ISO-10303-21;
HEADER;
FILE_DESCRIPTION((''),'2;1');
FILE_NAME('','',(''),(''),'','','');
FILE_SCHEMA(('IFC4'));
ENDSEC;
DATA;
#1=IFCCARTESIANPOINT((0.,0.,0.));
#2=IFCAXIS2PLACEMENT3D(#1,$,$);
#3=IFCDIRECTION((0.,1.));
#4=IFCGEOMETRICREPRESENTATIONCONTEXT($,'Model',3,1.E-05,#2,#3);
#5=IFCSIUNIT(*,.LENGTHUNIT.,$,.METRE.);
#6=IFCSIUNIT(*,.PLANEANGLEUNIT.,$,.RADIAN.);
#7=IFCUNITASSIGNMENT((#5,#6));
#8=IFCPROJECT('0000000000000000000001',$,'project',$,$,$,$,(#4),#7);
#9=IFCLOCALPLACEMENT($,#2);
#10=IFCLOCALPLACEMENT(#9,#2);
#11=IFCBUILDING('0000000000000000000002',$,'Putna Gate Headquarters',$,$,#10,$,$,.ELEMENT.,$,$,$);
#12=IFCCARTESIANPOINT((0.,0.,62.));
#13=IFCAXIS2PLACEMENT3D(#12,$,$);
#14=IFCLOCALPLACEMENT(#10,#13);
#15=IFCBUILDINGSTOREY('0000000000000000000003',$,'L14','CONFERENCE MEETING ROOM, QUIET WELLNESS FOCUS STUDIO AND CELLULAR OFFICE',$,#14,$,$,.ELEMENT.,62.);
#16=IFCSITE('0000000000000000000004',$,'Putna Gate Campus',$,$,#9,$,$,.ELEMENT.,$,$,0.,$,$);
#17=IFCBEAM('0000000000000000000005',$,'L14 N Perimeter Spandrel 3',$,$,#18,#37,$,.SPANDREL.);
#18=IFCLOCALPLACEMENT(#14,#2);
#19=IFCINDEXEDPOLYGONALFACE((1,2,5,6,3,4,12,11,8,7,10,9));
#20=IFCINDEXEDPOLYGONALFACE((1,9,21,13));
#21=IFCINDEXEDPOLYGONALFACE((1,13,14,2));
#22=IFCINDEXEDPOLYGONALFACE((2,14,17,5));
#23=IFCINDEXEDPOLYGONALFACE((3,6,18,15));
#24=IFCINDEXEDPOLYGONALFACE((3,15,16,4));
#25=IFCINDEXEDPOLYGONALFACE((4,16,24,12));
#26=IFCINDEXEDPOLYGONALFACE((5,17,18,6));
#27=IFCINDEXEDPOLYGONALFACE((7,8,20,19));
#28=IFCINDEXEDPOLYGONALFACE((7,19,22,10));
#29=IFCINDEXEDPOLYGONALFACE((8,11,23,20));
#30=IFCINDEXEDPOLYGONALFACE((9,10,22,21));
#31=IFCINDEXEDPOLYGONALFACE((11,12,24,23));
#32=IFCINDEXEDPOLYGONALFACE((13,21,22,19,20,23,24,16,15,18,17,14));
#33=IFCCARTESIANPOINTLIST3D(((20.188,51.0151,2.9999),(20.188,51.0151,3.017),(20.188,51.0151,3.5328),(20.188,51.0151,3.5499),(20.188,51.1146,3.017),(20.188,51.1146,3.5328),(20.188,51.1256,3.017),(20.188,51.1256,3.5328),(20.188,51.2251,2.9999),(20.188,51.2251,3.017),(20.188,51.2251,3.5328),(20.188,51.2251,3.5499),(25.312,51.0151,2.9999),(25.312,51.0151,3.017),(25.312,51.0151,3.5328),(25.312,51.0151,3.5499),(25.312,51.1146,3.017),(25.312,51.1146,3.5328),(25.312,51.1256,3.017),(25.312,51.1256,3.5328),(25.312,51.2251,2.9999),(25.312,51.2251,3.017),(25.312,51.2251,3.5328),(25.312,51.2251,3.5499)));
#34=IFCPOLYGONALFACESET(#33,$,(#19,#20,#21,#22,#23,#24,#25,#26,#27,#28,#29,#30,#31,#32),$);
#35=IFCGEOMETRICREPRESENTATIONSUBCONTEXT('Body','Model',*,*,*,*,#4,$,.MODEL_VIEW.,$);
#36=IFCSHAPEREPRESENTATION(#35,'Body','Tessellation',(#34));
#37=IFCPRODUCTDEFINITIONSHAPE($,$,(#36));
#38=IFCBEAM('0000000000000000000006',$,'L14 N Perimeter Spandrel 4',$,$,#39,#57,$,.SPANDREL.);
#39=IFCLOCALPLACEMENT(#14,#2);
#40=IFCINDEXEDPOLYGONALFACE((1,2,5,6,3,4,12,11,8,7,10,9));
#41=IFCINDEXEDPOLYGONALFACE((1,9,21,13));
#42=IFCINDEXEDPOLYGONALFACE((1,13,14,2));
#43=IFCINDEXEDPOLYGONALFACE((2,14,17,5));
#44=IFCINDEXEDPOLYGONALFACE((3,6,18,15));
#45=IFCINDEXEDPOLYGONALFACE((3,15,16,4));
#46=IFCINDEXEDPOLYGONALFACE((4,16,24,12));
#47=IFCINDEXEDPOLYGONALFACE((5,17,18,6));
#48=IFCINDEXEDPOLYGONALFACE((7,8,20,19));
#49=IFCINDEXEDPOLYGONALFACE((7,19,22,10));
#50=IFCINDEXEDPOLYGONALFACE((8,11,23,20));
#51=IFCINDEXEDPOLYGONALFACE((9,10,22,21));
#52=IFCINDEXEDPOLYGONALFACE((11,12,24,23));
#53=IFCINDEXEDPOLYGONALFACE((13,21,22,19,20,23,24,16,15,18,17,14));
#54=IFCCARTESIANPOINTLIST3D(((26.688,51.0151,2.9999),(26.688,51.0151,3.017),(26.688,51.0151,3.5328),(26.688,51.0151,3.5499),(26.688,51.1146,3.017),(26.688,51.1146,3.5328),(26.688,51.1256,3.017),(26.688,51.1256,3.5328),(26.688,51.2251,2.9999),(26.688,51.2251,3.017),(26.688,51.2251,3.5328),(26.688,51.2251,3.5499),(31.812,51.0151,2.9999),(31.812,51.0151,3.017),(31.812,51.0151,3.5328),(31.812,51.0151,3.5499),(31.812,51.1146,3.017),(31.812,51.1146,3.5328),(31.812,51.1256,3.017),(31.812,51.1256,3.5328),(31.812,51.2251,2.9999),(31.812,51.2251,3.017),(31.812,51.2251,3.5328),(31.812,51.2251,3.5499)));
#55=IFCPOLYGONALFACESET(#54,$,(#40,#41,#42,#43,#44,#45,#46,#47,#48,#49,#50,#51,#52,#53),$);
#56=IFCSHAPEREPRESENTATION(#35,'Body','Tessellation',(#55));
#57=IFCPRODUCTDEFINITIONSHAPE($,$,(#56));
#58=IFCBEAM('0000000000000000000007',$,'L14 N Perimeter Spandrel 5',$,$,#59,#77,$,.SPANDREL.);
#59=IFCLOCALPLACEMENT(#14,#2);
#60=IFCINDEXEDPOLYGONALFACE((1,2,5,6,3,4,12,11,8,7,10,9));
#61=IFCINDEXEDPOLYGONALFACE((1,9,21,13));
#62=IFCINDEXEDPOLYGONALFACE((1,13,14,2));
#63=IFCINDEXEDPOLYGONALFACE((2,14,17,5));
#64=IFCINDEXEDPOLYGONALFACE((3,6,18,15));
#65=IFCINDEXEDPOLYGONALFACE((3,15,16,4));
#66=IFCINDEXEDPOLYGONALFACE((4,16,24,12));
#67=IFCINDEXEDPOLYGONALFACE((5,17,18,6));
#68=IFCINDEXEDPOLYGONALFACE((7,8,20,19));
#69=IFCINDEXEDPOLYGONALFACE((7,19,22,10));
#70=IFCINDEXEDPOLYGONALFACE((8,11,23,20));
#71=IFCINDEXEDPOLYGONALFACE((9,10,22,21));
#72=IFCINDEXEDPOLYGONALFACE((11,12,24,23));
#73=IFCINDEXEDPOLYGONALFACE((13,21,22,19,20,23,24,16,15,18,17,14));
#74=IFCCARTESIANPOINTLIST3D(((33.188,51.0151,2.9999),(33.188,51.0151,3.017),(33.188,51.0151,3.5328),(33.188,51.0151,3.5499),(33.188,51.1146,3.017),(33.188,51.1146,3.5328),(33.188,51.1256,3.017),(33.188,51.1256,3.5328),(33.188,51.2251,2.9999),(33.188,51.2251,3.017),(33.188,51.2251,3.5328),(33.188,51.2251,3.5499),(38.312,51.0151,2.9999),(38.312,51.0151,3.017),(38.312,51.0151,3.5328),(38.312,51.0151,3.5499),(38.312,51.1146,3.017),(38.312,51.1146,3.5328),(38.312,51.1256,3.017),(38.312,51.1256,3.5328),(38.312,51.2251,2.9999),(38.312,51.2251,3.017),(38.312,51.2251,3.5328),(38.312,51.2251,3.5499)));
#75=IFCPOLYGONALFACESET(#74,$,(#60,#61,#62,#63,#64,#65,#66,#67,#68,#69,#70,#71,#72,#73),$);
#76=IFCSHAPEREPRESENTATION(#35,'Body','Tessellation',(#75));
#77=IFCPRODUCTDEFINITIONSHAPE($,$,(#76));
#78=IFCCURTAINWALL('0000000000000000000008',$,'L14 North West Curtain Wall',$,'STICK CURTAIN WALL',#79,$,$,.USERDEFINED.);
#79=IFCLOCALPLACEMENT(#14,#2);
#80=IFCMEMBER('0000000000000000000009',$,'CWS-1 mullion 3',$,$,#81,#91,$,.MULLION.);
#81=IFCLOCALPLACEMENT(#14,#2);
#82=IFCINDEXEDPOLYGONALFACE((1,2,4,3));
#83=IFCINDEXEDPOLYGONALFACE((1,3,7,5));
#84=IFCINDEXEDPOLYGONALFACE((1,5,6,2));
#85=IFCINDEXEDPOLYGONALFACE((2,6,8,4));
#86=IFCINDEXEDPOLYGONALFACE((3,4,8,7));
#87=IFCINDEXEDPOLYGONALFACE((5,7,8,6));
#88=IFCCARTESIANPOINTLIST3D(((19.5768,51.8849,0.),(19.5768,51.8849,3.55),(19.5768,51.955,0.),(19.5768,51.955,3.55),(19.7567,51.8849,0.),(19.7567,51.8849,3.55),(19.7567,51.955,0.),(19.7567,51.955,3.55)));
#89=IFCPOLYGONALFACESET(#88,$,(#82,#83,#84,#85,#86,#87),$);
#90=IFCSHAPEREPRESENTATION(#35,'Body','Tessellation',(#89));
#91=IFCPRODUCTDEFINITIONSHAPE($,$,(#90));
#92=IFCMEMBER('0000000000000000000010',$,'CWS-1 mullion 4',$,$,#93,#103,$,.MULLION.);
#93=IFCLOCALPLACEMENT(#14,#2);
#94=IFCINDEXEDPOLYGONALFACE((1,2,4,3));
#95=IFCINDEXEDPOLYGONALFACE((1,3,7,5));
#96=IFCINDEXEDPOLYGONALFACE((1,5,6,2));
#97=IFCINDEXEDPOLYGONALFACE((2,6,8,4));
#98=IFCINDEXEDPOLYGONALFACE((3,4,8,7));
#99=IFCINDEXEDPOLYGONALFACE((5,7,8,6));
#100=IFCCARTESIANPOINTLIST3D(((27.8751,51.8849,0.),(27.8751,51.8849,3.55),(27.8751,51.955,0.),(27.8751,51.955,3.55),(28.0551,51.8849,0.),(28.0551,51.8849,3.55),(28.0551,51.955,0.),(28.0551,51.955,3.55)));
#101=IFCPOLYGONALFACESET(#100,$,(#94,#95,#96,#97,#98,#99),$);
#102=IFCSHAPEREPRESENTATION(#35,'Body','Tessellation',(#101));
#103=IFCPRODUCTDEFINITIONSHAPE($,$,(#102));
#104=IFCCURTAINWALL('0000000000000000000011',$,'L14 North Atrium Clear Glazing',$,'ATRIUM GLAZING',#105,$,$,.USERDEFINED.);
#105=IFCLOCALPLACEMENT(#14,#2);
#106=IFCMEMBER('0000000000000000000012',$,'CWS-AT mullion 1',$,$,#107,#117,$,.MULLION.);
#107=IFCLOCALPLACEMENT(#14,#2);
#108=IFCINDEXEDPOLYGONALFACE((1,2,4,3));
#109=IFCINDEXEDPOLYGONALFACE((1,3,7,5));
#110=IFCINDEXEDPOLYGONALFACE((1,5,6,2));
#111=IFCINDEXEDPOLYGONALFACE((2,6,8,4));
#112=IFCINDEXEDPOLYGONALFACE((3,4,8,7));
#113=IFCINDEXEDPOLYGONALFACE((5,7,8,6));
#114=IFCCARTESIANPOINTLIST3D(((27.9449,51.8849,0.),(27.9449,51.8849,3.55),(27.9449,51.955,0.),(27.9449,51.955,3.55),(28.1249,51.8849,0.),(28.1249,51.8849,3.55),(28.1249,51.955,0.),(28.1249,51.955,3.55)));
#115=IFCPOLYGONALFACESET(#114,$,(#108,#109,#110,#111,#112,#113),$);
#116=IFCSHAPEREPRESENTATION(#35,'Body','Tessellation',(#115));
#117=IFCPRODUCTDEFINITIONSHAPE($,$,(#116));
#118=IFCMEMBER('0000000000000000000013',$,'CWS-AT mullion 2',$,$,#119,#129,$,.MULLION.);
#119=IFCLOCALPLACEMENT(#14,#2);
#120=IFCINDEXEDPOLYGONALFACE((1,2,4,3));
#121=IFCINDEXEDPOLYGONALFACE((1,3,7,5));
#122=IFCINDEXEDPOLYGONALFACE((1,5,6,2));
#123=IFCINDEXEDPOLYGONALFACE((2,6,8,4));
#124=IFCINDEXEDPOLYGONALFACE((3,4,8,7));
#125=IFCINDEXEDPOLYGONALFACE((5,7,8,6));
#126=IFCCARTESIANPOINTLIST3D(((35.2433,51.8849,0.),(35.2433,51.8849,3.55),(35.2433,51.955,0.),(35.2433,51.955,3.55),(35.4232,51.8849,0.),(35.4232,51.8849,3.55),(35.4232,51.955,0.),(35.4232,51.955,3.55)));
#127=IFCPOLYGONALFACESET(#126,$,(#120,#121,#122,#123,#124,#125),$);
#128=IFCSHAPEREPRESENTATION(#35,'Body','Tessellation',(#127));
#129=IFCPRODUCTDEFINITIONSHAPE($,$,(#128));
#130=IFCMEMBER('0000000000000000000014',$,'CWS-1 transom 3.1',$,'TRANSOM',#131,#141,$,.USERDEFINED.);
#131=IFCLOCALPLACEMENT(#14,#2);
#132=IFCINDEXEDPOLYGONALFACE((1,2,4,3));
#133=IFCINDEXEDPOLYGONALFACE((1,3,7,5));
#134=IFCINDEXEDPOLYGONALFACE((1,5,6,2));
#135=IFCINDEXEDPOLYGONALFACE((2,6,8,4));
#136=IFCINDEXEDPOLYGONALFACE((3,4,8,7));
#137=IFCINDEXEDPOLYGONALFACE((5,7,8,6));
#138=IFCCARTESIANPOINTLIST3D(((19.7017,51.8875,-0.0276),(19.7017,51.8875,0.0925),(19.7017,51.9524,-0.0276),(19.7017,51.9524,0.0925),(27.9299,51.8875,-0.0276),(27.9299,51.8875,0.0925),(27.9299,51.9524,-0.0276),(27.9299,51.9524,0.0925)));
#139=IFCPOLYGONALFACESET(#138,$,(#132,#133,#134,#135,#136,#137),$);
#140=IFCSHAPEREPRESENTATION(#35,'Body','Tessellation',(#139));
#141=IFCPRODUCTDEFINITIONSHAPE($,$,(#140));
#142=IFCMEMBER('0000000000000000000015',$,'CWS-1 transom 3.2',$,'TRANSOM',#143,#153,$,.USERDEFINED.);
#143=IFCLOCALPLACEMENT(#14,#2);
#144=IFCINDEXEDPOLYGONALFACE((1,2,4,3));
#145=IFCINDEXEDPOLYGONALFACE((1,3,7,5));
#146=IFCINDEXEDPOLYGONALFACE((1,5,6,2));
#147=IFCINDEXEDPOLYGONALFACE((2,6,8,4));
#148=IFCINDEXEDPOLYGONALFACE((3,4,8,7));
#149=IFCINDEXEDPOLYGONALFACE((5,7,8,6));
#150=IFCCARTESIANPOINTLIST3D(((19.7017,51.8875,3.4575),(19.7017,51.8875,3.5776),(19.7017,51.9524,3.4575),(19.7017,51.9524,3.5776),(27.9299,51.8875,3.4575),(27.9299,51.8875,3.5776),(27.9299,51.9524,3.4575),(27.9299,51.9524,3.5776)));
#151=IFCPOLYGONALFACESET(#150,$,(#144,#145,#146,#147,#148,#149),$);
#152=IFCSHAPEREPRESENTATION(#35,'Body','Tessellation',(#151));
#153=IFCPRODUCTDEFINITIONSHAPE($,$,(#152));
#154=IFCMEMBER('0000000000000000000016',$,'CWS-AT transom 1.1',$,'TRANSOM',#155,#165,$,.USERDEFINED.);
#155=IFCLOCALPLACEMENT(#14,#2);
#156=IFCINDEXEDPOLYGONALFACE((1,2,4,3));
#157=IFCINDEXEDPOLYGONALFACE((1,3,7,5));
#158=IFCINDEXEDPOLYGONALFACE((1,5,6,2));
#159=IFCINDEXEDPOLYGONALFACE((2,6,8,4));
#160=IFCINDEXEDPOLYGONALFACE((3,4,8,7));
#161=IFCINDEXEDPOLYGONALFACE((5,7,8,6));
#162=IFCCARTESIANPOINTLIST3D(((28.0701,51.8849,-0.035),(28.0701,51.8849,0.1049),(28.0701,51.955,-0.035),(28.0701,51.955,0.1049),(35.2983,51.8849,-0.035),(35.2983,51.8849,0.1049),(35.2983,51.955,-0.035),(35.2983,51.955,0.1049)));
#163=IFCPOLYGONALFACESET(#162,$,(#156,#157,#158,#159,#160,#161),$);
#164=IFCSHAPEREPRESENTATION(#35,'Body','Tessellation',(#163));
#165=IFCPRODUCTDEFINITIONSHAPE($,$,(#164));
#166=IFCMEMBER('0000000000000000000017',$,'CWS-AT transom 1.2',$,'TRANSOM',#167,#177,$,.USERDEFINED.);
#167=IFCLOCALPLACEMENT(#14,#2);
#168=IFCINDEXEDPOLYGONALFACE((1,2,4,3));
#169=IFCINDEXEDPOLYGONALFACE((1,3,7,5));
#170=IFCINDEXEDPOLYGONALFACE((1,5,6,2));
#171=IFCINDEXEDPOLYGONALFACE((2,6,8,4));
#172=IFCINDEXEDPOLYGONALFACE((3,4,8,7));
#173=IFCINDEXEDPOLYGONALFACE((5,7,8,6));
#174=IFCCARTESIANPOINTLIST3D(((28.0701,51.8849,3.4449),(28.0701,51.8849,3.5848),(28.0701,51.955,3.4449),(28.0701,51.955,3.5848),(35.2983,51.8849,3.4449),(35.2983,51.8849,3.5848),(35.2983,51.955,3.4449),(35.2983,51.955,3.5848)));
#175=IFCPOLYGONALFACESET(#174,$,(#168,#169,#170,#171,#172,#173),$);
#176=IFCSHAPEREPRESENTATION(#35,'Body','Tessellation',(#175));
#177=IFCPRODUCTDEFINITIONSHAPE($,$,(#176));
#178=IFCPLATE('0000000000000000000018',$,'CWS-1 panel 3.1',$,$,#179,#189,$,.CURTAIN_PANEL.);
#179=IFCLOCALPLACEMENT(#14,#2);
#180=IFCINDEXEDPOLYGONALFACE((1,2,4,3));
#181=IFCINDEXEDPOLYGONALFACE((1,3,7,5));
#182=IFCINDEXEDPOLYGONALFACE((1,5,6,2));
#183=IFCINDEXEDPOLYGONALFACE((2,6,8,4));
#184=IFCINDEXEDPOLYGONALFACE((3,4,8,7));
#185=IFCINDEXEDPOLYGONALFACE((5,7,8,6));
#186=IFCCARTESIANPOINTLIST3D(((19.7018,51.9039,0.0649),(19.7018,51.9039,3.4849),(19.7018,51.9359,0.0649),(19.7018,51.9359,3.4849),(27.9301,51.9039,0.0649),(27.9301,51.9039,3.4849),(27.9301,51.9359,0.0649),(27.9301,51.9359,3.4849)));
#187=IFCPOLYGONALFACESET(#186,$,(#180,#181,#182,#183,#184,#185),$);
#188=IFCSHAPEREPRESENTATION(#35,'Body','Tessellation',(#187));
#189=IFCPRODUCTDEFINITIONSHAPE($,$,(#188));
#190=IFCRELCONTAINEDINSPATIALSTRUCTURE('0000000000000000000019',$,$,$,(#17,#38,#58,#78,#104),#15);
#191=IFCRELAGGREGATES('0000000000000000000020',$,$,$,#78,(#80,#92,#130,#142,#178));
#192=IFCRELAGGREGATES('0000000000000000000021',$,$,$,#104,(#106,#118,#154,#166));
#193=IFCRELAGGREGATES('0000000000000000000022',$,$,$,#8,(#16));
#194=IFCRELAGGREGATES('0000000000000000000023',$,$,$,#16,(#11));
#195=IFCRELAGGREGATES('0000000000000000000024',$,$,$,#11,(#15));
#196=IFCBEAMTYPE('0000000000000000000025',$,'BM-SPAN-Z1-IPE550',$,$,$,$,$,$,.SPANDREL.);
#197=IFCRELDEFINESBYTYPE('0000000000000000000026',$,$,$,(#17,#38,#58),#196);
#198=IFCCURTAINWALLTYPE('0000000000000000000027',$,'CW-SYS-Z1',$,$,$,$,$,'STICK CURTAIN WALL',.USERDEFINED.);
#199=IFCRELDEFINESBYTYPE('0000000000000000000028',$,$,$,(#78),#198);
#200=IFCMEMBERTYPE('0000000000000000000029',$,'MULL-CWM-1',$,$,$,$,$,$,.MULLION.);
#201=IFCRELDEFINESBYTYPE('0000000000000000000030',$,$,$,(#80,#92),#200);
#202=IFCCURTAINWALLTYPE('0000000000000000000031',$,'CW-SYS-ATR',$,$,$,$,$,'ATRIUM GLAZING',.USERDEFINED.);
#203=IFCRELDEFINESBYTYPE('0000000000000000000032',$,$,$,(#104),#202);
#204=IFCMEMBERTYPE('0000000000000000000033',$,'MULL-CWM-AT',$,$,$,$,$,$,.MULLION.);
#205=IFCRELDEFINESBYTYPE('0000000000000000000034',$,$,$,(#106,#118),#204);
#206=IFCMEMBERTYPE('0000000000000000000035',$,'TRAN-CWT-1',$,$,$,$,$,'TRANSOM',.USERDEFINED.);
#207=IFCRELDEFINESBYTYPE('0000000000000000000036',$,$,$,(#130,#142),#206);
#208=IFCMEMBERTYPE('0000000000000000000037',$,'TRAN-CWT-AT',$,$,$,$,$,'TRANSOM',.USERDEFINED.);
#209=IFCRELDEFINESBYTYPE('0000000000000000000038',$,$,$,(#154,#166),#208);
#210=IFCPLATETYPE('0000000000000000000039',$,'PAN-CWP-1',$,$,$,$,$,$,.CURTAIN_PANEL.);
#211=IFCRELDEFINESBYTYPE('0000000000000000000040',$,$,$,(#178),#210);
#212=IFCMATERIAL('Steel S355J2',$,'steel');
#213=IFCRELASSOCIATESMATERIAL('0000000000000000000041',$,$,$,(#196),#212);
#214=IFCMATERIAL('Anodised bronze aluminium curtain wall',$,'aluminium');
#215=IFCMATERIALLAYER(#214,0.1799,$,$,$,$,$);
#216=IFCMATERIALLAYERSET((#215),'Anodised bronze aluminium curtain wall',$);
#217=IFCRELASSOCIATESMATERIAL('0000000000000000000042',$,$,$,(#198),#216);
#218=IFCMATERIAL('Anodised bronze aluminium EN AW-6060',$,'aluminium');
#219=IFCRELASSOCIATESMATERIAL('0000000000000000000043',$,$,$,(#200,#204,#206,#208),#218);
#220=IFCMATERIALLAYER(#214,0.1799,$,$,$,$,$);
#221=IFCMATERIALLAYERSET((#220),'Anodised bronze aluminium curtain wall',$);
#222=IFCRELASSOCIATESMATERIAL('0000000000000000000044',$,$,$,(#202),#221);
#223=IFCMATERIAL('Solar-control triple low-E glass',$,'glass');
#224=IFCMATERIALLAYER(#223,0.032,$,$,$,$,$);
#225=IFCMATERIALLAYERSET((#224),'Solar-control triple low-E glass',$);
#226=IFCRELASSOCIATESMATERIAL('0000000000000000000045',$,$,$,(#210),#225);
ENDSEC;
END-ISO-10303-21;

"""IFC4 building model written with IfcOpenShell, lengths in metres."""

from ifc_helpers import new_model, si_unit, direction, frame, origin, origin_2d, place, context, subcontext, project, spatial, rectangle, i_section, extrude, material, layer, layer_set, material_profile, profile_set, type_object, element, aggregate, save


model = new_model("IFC4")

# Units and contexts
model_context = context("Model", 3, precision=1e-05, world=origin(), true_north=direction((0.0, 1.0)))
body_context = subcontext(model_context, "Body", "Model", "MODEL_VIEW")
ifc_project = project(units=[si_unit("LENGTHUNIT", "METRE"), si_unit("PLANEANGLEUNIT", "RADIAN")], contexts=[model_context])

# Site, building, storey
site_placement = place(None, origin())
site = spatial("IfcSite", under=ifc_project, at=site_placement, Name="Putna Gate Campus", CompositionType="ELEMENT", RefElevation=0.0)
building_placement = place(site_placement, origin())
building = spatial("IfcBuilding", under=site, at=building_placement, Name="Putna Gate Headquarters", CompositionType="ELEMENT")
storey_placement = place(building_placement, frame((0.0, 0.0, 62.0)))
storey = spatial("IfcBuildingStorey", under=building, at=storey_placement, Name="L14", Description="CONFERENCE MEETING ROOM, QUIET WELLNESS FOCUS STUDIO AND CELLULAR OFFICE", CompositionType="ELEMENT", Elevation=62.0)

# Beams
ifc_material_1 = material(Name="Steel S355J2", Category="steel")
ifc_material_profile_1 = material_profile(ifc_material_1, i_section(OverallWidth=0.21, OverallDepth=0.55, WebThickness=0.011, FlangeThickness=0.0171, at=origin_2d()), Name="Steel S355J2")
ifc_profile_set_1 = profile_set([ifc_material_profile_1], Name="Steel S355J2")
beam_type_1 = type_object("IfcBeamType", Name="BM-SPAN-Z1-IPE550", PredefinedType="SPANDREL", material=ifc_profile_set_1)
for number, where, z_axis, x_axis, name in (
    (1, (20.188, 51.1201, 3.2749), (1.0, 0.0, 0.0), (0.0, 1.0, 0.0), "L14 N Perimeter Spandrel 3"),
    (2, (26.688, 51.1201, 3.2749), (1.0, 0.0, 0.0), (0.0, 1.0, 0.0), "L14 N Perimeter Spandrel 4"),
    (3, (33.188, 51.1201, 3.2749), (1.0, 0.0, 0.0), (0.0, 1.0, 0.0), "L14 N Perimeter Spandrel 5"),
):
    element("IfcBeam", number, at=place(storey_placement, frame(where, z_axis=z_axis, x_axis=x_axis)), inside=storey, type_object=beam_type_1, Name=name, PredefinedType="SPANDREL", context=body_context, shape_type="SweptSolid", body=[
        extrude(i_section(OverallWidth=0.21, OverallDepth=0.55, WebThickness=0.011, FlangeThickness=0.0171, at=origin_2d()), origin(), (0.0, 0.0, 1.0), 5.124),
    ])

# Curtain walls, members
ifc_material_2 = material(Name="Anodised bronze aluminium curtain wall", Category="aluminium")
ifc_layer_1 = layer(ifc_material_2, 0.1799)
ifc_layer_set_1 = layer_set([ifc_layer_1], Name="Anodised bronze aluminium curtain wall")
curtain_wall_type_1 = type_object("IfcCurtainWallType", Name="CW-SYS-Z1", ElementType="STICK CURTAIN WALL", PredefinedType="USERDEFINED", material=ifc_layer_set_1)
curtain_wall_1_placement = place(storey_placement, origin())
curtain_wall_1 = element("IfcCurtainWall", 4, at=curtain_wall_1_placement, inside=storey, type_object=curtain_wall_type_1, Name="L14 North West Curtain Wall", ObjectType="STICK CURTAIN WALL", PredefinedType="USERDEFINED")
ifc_material_3 = material(Name="Anodised bronze aluminium EN AW-6060", Category="aluminium")
ifc_material_profile_2 = material_profile(ifc_material_3, rectangle(XDim=0.0701, YDim=0.1799, at=origin_2d()), Name="Anodised bronze aluminium EN AW-6060")
ifc_profile_set_2 = profile_set([ifc_material_profile_2], Name="Anodised bronze aluminium EN AW-6060")
member_type_1 = type_object("IfcMemberType", Name="MULL-CWM-1", PredefinedType="MULLION", material=ifc_profile_set_2)
member_1_placement = place(storey_placement, frame((19.6667, 51.9199, 0.0), z_axis=(0.0, 0.0, 1.0), x_axis=(0.0, 1.0, 0.0)))
member_1 = element("IfcMember", 5, at=member_1_placement, type_object=member_type_1, Name="CWS-1 mullion 3", PredefinedType="MULLION", context=body_context, shape_type="SweptSolid", body=[
    extrude(rectangle(XDim=0.0701, YDim=0.1799, at=origin_2d()), origin(), (0.0, 0.0, 1.0), 3.55),
])
member_2_placement = place(storey_placement, frame((27.9651, 51.9199, 0.0), z_axis=(0.0, 0.0, 1.0), x_axis=(0.0, 1.0, 0.0)))
member_2 = element("IfcMember", 6, at=member_2_placement, type_object=member_type_1, Name="CWS-1 mullion 4", PredefinedType="MULLION", context=body_context, shape_type="SweptSolid", body=[
    extrude(rectangle(XDim=0.0701, YDim=0.1799, at=origin_2d()), origin(), (0.0, 0.0, 1.0), 3.55),
])
ifc_layer_2 = layer(ifc_material_2, 0.1799)
ifc_layer_set_2 = layer_set([ifc_layer_2], Name="Anodised bronze aluminium curtain wall")
curtain_wall_type_2 = type_object("IfcCurtainWallType", Name="CW-SYS-ATR", ElementType="ATRIUM GLAZING", PredefinedType="USERDEFINED", material=ifc_layer_set_2)
curtain_wall_2_placement = place(storey_placement, origin())
curtain_wall_2 = element("IfcCurtainWall", 7, at=curtain_wall_2_placement, inside=storey, type_object=curtain_wall_type_2, Name="L14 North Atrium Clear Glazing", ObjectType="ATRIUM GLAZING", PredefinedType="USERDEFINED")
ifc_material_profile_3 = material_profile(ifc_material_3, rectangle(XDim=0.0701, YDim=0.1799, at=origin_2d()), Name="Anodised bronze aluminium EN AW-6060")
ifc_profile_set_3 = profile_set([ifc_material_profile_3], Name="Anodised bronze aluminium EN AW-6060")
member_type_2 = type_object("IfcMemberType", Name="MULL-CWM-AT", PredefinedType="MULLION", material=ifc_profile_set_3)
member_3_placement = place(storey_placement, frame((28.0349, 51.9199, 0.0), z_axis=(0.0, 0.0, 1.0), x_axis=(0.0, 1.0, 0.0)))
member_3 = element("IfcMember", 8, at=member_3_placement, type_object=member_type_2, Name="CWS-AT mullion 1", PredefinedType="MULLION", context=body_context, shape_type="SweptSolid", body=[
    extrude(rectangle(XDim=0.0701, YDim=0.1799, at=origin_2d()), origin(), (0.0, 0.0, 1.0), 3.55),
])
member_4_placement = place(storey_placement, frame((35.3333, 51.9199, 0.0), z_axis=(0.0, 0.0, 1.0), x_axis=(0.0, 1.0, 0.0)))
member_4 = element("IfcMember", 9, at=member_4_placement, type_object=member_type_2, Name="CWS-AT mullion 2", PredefinedType="MULLION", context=body_context, shape_type="SweptSolid", body=[
    extrude(rectangle(XDim=0.0701, YDim=0.1799, at=origin_2d()), origin(), (0.0, 0.0, 1.0), 3.55),
])

# Members
ifc_material_profile_4 = material_profile(ifc_material_3, rectangle(XDim=0.0649, YDim=0.1201, at=origin_2d()), Name="Anodised bronze aluminium EN AW-6060")
ifc_profile_set_4 = profile_set([ifc_material_profile_4], Name="Anodised bronze aluminium EN AW-6060")
member_type_3 = type_object("IfcMemberType", Name="TRAN-CWT-1", ElementType="TRANSOM", PredefinedType="USERDEFINED", material=ifc_profile_set_4)
member_5_placement = place(storey_placement, frame((19.7017, 51.9199, 0.0325), z_axis=(1.0, 0.0, 0.0), x_axis=(0.0, 1.0, 0.0)))
member_5 = element("IfcMember", 10, at=member_5_placement, type_object=member_type_3, Name="CWS-1 transom 3.1", ObjectType="TRANSOM", PredefinedType="USERDEFINED", context=body_context, shape_type="SweptSolid", body=[
    extrude(rectangle(XDim=0.0649, YDim=0.1201, at=origin_2d()), origin(), (0.0, 0.0, 1.0), 8.2283),
])
member_6_placement = place(storey_placement, frame((19.7017, 51.9199, 3.5176), z_axis=(1.0, 0.0, 0.0), x_axis=(0.0, 1.0, 0.0)))
member_6 = element("IfcMember", 11, at=member_6_placement, type_object=member_type_3, Name="CWS-1 transom 3.2", ObjectType="TRANSOM", PredefinedType="USERDEFINED", context=body_context, shape_type="SweptSolid", body=[
    extrude(rectangle(XDim=0.0649, YDim=0.1201, at=origin_2d()), origin(), (0.0, 0.0, 1.0), 8.2283),
])
ifc_material_profile_5 = material_profile(ifc_material_3, rectangle(XDim=0.0701, YDim=0.1399, at=origin_2d()), Name="Anodised bronze aluminium EN AW-6060")
ifc_profile_set_5 = profile_set([ifc_material_profile_5], Name="Anodised bronze aluminium EN AW-6060")
member_type_4 = type_object("IfcMemberType", Name="TRAN-CWT-AT", ElementType="TRANSOM", PredefinedType="USERDEFINED", material=ifc_profile_set_5)
member_7_placement = place(storey_placement, frame((28.0701, 51.9199, 0.0349), z_axis=(1.0, 0.0, 0.0), x_axis=(0.0, 1.0, 0.0)))
member_7 = element("IfcMember", 12, at=member_7_placement, type_object=member_type_4, Name="CWS-AT transom 1.1", ObjectType="TRANSOM", PredefinedType="USERDEFINED", context=body_context, shape_type="SweptSolid", body=[
    extrude(rectangle(XDim=0.0701, YDim=0.1399, at=origin_2d()), origin(), (0.0, 0.0, 1.0), 7.2283),
])
member_8_placement = place(storey_placement, frame((28.0701, 51.9199, 3.5149), z_axis=(1.0, 0.0, 0.0), x_axis=(0.0, 1.0, 0.0)))
member_8 = element("IfcMember", 13, at=member_8_placement, type_object=member_type_4, Name="CWS-AT transom 1.2", ObjectType="TRANSOM", PredefinedType="USERDEFINED", context=body_context, shape_type="SweptSolid", body=[
    extrude(rectangle(XDim=0.0701, YDim=0.1399, at=origin_2d()), origin(), (0.0, 0.0, 1.0), 7.2283),
])

# Plate
ifc_material_4 = material(Name="Solar-control triple low-E glass", Category="glass")
ifc_layer_3 = layer(ifc_material_4, 0.032)
ifc_layer_set_3 = layer_set([ifc_layer_3], Name="Solar-control triple low-E glass")
plate_type_1 = type_object("IfcPlateType", Name="PAN-CWP-1", PredefinedType="CURTAIN_PANEL", material=ifc_layer_set_3)
plate_1_placement = place(storey_placement, frame((23.8159, 51.9199, 0.0649), z_axis=(0.0, 0.0, 1.0), x_axis=(1.0, 0.0, 0.0)))
plate_1 = element("IfcPlate", 14, at=plate_1_placement, type_object=plate_type_1, Name="CWS-1 panel 3.1", PredefinedType="CURTAIN_PANEL", context=body_context, shape_type="SweptSolid", body=[
    extrude(rectangle(XDim=8.2283, YDim=0.032, at=origin_2d()), origin(), (0.0, 0.0, 1.0), 3.4199),
])
aggregate(curtain_wall_1, [member_1, member_2, member_5, member_6, plate_1])
aggregate(curtain_wall_2, [member_3, member_4, member_7, member_8])

save(model, "model.ifc")
